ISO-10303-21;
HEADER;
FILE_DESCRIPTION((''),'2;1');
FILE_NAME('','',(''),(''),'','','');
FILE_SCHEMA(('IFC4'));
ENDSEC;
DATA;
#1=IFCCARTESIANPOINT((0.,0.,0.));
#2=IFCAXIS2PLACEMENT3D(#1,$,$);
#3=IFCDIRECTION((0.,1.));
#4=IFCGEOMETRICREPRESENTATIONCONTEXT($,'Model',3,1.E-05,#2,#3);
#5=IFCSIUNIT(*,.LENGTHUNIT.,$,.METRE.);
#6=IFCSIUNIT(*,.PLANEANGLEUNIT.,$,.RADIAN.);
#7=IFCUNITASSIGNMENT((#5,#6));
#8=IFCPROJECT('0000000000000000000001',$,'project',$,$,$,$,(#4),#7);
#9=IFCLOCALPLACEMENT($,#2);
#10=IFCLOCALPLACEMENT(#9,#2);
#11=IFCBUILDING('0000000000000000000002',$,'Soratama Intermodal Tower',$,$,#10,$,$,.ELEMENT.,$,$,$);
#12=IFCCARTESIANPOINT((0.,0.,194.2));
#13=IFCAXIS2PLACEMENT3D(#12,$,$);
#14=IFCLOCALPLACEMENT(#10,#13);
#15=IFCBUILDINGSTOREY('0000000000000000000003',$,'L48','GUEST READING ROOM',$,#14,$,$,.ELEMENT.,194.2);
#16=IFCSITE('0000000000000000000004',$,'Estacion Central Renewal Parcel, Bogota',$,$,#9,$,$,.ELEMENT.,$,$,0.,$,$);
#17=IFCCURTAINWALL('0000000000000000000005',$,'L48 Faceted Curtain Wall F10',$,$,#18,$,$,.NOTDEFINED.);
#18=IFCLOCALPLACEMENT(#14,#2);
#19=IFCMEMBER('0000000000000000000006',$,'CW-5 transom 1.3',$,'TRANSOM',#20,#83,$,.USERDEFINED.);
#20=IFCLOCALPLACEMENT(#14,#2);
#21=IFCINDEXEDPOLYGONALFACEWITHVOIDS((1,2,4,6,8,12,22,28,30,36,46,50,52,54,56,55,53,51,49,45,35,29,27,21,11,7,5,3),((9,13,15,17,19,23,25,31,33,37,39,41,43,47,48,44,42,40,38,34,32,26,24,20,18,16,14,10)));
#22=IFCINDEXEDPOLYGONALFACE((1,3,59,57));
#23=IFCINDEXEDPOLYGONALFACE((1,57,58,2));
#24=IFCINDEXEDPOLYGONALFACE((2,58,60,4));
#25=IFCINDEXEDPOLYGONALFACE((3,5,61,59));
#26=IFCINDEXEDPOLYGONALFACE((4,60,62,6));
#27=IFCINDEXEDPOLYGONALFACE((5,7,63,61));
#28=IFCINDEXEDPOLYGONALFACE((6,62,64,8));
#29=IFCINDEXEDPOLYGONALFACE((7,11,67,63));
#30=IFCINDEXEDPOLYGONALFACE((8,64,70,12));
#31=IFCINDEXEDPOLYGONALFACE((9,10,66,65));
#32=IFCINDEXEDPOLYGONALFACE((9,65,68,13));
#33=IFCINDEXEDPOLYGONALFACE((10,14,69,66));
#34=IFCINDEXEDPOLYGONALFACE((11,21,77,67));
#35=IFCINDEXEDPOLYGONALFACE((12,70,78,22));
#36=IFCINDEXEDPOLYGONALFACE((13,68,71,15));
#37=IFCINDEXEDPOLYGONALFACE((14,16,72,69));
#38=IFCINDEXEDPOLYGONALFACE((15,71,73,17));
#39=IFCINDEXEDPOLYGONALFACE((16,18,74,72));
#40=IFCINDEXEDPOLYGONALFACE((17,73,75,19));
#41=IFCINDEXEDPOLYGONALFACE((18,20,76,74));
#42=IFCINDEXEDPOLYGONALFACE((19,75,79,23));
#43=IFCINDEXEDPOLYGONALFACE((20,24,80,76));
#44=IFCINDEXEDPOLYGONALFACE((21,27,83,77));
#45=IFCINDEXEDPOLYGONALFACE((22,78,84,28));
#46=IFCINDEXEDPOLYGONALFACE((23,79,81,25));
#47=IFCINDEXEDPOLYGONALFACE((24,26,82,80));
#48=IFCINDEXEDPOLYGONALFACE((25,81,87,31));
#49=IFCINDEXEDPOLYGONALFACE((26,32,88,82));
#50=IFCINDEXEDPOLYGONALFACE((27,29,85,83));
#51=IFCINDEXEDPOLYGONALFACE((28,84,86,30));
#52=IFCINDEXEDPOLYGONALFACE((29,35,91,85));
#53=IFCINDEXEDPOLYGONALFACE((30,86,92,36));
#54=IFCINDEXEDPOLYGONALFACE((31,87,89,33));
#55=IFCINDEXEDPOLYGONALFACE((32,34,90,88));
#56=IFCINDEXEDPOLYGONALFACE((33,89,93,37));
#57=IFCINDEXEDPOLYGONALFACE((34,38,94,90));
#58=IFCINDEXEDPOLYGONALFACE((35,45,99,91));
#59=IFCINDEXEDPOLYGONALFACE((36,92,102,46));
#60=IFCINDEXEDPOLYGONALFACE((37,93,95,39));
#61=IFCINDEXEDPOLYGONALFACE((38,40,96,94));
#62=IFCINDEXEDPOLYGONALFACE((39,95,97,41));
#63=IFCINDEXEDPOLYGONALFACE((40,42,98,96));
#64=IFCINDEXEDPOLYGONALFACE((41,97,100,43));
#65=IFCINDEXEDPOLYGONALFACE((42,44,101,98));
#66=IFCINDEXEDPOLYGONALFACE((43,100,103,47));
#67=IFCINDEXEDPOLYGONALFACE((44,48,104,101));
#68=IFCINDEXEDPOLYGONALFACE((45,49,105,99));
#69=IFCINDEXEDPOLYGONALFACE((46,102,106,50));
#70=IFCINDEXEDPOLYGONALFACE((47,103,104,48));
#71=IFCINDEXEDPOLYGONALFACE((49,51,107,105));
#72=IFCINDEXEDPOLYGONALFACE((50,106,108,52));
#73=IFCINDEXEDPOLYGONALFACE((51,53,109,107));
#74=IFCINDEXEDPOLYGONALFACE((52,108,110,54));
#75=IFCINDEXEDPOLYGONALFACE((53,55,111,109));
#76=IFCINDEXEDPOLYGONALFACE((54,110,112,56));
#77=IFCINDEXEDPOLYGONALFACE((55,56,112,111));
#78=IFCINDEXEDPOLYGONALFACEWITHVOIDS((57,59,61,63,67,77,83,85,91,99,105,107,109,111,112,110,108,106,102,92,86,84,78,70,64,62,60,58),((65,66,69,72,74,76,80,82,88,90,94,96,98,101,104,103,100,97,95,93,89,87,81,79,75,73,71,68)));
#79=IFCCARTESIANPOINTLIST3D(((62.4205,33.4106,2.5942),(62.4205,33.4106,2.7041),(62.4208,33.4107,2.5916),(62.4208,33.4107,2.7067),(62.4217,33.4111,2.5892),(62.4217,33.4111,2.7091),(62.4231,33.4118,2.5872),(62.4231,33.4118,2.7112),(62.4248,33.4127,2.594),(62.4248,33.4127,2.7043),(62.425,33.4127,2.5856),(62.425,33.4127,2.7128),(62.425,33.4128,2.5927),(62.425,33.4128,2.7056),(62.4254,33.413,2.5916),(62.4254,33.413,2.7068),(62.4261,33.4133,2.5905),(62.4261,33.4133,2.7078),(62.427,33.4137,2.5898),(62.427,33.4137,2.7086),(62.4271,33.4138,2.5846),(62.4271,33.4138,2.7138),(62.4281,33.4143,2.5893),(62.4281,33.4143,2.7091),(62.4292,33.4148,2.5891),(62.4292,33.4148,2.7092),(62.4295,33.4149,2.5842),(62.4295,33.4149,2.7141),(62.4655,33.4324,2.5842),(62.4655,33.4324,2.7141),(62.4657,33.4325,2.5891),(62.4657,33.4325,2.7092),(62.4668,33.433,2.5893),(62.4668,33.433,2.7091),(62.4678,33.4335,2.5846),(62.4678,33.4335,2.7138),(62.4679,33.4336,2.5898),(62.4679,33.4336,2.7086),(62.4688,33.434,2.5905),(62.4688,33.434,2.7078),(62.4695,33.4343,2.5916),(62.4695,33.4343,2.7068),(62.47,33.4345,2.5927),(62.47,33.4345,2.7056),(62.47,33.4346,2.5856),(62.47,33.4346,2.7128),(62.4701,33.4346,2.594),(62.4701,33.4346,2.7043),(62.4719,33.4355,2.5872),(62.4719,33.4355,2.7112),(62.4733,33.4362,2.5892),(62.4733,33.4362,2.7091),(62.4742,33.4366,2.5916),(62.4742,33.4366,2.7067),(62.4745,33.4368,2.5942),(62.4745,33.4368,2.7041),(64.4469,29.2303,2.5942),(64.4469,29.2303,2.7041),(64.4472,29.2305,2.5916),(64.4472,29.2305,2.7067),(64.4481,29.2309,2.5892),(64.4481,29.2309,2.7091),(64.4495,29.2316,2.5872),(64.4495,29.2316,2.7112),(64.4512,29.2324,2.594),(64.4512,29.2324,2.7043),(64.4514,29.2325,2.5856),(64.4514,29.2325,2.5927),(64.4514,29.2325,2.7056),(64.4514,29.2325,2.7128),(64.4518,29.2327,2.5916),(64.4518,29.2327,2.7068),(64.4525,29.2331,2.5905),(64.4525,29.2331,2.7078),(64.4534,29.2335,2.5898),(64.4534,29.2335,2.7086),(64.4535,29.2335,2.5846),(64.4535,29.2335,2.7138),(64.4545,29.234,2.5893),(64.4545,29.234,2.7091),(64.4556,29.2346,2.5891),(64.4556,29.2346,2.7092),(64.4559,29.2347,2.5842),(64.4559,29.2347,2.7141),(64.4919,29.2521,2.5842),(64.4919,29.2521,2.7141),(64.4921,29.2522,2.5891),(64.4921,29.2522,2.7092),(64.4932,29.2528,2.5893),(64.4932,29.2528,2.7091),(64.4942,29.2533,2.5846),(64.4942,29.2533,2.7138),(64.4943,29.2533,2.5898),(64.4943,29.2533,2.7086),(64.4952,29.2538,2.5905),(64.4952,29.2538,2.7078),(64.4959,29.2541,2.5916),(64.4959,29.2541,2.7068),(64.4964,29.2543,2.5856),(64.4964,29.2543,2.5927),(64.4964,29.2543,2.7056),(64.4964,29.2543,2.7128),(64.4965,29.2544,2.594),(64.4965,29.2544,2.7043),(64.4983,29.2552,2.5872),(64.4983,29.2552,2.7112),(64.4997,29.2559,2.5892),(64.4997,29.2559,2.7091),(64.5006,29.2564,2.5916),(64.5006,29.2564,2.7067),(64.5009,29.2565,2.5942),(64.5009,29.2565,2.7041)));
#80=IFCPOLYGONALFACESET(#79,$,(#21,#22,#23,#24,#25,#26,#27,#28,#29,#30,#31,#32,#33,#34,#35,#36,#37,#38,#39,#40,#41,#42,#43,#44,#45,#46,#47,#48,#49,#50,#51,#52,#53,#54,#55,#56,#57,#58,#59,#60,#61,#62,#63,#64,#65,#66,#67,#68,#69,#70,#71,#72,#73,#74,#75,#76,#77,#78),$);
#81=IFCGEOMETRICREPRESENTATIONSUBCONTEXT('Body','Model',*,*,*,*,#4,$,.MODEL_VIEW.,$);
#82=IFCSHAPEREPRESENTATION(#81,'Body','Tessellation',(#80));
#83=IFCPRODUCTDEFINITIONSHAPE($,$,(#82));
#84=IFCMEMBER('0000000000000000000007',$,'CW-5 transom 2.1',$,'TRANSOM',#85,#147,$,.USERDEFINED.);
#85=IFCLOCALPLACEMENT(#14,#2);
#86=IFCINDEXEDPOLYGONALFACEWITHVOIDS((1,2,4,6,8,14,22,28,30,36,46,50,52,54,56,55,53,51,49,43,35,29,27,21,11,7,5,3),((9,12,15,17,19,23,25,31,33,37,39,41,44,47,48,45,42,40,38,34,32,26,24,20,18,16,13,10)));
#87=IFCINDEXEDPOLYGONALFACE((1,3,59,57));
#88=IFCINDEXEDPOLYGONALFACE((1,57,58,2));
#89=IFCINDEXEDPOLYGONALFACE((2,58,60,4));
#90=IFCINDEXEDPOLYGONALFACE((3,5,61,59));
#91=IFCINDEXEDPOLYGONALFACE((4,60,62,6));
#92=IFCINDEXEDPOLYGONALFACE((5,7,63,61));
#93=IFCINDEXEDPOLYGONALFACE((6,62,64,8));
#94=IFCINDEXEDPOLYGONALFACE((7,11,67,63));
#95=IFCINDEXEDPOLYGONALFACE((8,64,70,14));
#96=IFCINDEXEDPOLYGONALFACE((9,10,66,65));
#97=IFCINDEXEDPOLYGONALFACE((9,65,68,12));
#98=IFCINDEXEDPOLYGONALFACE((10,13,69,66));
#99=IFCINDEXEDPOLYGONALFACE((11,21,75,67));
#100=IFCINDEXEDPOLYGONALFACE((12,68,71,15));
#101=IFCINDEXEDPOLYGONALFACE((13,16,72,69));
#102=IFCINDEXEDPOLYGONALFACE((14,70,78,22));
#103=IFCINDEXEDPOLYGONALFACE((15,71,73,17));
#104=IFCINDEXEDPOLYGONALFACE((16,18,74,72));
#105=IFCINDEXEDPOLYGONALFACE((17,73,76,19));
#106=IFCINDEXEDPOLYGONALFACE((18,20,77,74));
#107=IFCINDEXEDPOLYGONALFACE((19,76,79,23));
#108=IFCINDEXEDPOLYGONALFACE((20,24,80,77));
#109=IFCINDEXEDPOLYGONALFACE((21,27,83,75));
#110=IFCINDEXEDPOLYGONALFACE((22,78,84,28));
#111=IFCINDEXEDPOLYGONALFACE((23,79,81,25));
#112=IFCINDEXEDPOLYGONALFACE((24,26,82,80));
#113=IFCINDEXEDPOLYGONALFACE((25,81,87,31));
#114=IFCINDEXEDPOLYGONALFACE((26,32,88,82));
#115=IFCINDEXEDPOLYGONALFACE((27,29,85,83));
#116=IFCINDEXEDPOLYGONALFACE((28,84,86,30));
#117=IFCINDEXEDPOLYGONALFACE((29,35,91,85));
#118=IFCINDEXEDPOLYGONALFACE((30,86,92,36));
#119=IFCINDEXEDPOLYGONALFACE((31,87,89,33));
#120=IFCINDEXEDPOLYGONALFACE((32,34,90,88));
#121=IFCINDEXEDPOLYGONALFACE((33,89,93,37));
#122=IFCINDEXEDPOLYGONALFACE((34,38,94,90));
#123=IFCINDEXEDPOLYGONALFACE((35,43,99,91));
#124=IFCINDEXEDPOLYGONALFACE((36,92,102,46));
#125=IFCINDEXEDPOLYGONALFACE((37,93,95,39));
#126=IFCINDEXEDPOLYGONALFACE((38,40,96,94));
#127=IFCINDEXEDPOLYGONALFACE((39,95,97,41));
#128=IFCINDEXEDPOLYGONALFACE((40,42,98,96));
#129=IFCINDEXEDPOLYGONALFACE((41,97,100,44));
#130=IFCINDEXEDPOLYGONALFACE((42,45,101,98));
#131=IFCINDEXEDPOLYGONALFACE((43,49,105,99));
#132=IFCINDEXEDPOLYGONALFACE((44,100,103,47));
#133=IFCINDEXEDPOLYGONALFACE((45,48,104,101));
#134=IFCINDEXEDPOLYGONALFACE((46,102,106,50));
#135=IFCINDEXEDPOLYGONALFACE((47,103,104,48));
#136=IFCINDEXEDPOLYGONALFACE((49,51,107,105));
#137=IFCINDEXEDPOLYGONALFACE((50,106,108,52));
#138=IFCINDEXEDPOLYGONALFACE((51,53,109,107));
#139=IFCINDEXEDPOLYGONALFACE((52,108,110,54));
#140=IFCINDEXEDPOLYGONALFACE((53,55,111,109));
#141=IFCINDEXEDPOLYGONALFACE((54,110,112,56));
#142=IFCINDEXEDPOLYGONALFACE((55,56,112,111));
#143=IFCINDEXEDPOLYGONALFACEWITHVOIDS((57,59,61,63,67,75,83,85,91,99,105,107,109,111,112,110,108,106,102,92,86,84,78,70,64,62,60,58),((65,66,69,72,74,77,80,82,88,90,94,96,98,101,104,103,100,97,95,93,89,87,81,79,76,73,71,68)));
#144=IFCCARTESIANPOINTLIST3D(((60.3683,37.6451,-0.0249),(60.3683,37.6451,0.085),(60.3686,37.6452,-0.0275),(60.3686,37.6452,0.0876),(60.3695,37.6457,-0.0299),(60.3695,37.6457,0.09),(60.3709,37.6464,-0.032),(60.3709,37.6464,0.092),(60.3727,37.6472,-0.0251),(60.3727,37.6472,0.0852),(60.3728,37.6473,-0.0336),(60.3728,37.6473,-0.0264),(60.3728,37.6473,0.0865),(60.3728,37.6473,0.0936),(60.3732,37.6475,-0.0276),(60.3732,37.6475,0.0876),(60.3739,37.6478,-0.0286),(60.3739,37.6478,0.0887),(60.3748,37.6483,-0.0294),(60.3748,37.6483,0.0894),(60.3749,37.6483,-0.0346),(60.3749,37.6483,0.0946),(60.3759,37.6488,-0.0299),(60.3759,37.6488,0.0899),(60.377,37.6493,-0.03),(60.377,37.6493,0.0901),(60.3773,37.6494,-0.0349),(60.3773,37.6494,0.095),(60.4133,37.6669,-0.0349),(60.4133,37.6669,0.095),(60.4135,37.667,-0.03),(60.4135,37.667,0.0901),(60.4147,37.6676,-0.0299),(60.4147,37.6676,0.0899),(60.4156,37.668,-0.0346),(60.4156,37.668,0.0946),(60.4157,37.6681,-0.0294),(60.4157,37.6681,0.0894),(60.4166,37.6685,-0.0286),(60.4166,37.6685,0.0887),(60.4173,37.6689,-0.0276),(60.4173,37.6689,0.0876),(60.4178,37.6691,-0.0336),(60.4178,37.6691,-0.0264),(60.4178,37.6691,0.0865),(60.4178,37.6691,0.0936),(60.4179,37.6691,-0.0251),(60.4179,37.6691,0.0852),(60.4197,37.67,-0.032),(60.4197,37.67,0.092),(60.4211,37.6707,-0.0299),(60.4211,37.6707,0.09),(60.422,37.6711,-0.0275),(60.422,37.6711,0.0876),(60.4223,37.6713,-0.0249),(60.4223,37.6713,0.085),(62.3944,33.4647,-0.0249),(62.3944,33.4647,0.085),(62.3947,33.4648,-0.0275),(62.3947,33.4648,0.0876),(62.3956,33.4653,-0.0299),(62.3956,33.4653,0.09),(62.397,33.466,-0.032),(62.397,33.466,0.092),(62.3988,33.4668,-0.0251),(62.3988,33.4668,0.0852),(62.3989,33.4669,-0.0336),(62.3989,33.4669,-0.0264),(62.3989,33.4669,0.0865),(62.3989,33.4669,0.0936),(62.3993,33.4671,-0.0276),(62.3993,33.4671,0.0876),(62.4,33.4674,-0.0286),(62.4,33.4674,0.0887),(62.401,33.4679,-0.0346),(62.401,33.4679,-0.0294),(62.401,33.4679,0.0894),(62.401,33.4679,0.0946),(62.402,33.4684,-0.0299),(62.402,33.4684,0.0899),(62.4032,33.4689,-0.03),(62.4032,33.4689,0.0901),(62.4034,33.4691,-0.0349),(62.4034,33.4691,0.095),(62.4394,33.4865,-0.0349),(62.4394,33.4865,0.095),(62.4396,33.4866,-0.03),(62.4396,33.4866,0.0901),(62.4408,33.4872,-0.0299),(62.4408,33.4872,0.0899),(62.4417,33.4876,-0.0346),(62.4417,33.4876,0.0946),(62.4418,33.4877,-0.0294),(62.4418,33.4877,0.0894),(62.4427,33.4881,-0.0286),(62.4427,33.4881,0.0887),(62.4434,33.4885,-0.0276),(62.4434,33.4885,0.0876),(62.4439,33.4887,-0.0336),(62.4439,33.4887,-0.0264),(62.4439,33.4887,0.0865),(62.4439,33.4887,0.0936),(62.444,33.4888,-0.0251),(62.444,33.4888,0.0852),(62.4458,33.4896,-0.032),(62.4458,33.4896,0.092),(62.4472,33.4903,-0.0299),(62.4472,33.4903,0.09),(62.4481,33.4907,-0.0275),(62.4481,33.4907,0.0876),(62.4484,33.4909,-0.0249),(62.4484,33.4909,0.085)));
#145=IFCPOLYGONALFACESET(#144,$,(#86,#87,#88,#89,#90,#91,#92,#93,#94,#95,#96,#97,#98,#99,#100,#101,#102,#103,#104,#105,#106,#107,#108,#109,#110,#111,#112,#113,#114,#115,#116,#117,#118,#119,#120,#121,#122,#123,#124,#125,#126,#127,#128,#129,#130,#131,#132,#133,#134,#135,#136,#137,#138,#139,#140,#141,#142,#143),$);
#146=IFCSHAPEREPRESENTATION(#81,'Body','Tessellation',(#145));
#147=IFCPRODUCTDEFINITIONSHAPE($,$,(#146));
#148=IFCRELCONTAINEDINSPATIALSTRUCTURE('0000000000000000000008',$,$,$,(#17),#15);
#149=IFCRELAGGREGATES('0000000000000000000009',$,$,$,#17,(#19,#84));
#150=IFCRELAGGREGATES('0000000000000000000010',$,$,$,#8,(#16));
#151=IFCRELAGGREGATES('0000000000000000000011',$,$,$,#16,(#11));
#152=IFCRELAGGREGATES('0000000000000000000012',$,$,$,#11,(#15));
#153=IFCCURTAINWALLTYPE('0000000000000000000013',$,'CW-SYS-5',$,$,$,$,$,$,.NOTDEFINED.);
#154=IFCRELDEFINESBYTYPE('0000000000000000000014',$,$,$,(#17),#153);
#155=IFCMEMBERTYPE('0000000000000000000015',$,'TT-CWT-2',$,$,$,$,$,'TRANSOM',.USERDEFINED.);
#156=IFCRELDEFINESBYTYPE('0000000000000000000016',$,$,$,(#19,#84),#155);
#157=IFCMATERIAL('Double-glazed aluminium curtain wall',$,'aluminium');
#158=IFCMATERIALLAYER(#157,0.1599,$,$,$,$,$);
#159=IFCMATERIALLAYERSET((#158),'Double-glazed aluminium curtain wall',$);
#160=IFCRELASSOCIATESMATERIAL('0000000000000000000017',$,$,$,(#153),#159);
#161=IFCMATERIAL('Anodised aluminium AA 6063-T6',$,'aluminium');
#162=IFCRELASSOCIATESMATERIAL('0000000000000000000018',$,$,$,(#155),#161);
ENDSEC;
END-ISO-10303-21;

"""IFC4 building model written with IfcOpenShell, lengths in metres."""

from ifc_helpers import new_model, si_unit, direction, frame, origin, origin_2d, place, context, subcontext, project, spatial, hollow_rectangle, extrude, material, layer, layer_set, material_profile, profile_set, type_object, element, aggregate, save


model = new_model("IFC4")

# Units and contexts
model_context = context("Model", 3, precision=1e-05, world=origin(), true_north=direction((0.0, 1.0)))
body_context = subcontext(model_context, "Body", "Model", "MODEL_VIEW")
ifc_project = project(units=[si_unit("LENGTHUNIT", "METRE"), si_unit("PLANEANGLEUNIT", "RADIAN")], contexts=[model_context])

# Site, building, storey
site_placement = place(None, origin())
site = spatial("IfcSite", under=ifc_project, at=site_placement, Name="Estacion Central Renewal Parcel, Bogota", CompositionType="ELEMENT", RefElevation=0.0)
building_placement = place(site_placement, origin())
building = spatial("IfcBuilding", under=site, at=building_placement, Name="Soratama Intermodal Tower", CompositionType="ELEMENT")
storey_placement = place(building_placement, frame((0.0, 0.0, 194.2)))
storey = spatial("IfcBuildingStorey", under=building, at=storey_placement, Name="L48", Description="GUEST READING ROOM", CompositionType="ELEMENT", Elevation=194.2)

# Curtain wall, members
ifc_material_1 = material(Name="Double-glazed aluminium curtain wall", Category="aluminium")
ifc_layer_1 = layer(ifc_material_1, 0.1599)
ifc_layer_set_1 = layer_set([ifc_layer_1], Name="Double-glazed aluminium curtain wall")
curtain_wall_type = type_object("IfcCurtainWallType", Name="CW-SYS-5", PredefinedType="NOTDEFINED", material=ifc_layer_set_1)
curtain_wall_placement = place(storey_placement, origin())
curtain_wall = element("IfcCurtainWall", 1, at=curtain_wall_placement, inside=storey, type_object=curtain_wall_type, Name="L48 Faceted Curtain Wall F10", PredefinedType="NOTDEFINED")
ifc_material_2 = material(Name="Anodised aluminium AA 6063-T6", Category="aluminium")
ifc_material_profile_1 = material_profile(ifc_material_2, hollow_rectangle(XDim=0.0601, YDim=0.1299, WallThickness=0.0049, InnerFilletRadius=0.0049, OuterFilletRadius=0.01, at=origin_2d()), Name="CWT130X60X5")
ifc_profile_set_1 = profile_set([ifc_material_profile_1], Name="Anodised aluminium AA 6063-T6")
member_type_1 = type_object("IfcMemberType", Name="TT-CWT-2", ElementType="TRANSOM", PredefinedType="USERDEFINED", material=ifc_profile_set_1)
member_1_placement = place(storey_placement, frame((64.4739, 29.2434, 2.6492), z_axis=(-0.436206, 0.899847, 0.0), x_axis=(-0.899847, -0.436206, 0.0)))
member_1 = element("IfcMember", 2, at=member_1_placement, type_object=member_type_1, Name="CW-5 transom 1.3", ObjectType="TRANSOM", PredefinedType="USERDEFINED", context=body_context, shape_type="SweptSolid", body=[
    extrude(hollow_rectangle(XDim=0.0601, YDim=0.1299, WallThickness=0.0049, InnerFilletRadius=0.0049, OuterFilletRadius=0.01, at=origin_2d()), origin(), (0.0, 0.0, 1.0), 4.6455),
])
member_2_placement = place(storey_placement, frame((62.4214, 33.4778, 0.03), z_axis=(-0.436143, 0.899877, 0.0), x_axis=(-0.899877, -0.436143, 0.0)))
member_2 = element("IfcMember", 3, at=member_2_placement, type_object=member_type_1, Name="CW-5 transom 2.1", ObjectType="TRANSOM", PredefinedType="USERDEFINED", context=body_context, shape_type="SweptSolid", body=[
    extrude(hollow_rectangle(XDim=0.0601, YDim=0.1299, WallThickness=0.0049, InnerFilletRadius=0.0049, OuterFilletRadius=0.01, at=origin_2d()), origin(), (0.0, 0.0, 1.0), 4.6455),
])
aggregate(curtain_wall, [member_1, member_2])

save(model, "model.ifc")
